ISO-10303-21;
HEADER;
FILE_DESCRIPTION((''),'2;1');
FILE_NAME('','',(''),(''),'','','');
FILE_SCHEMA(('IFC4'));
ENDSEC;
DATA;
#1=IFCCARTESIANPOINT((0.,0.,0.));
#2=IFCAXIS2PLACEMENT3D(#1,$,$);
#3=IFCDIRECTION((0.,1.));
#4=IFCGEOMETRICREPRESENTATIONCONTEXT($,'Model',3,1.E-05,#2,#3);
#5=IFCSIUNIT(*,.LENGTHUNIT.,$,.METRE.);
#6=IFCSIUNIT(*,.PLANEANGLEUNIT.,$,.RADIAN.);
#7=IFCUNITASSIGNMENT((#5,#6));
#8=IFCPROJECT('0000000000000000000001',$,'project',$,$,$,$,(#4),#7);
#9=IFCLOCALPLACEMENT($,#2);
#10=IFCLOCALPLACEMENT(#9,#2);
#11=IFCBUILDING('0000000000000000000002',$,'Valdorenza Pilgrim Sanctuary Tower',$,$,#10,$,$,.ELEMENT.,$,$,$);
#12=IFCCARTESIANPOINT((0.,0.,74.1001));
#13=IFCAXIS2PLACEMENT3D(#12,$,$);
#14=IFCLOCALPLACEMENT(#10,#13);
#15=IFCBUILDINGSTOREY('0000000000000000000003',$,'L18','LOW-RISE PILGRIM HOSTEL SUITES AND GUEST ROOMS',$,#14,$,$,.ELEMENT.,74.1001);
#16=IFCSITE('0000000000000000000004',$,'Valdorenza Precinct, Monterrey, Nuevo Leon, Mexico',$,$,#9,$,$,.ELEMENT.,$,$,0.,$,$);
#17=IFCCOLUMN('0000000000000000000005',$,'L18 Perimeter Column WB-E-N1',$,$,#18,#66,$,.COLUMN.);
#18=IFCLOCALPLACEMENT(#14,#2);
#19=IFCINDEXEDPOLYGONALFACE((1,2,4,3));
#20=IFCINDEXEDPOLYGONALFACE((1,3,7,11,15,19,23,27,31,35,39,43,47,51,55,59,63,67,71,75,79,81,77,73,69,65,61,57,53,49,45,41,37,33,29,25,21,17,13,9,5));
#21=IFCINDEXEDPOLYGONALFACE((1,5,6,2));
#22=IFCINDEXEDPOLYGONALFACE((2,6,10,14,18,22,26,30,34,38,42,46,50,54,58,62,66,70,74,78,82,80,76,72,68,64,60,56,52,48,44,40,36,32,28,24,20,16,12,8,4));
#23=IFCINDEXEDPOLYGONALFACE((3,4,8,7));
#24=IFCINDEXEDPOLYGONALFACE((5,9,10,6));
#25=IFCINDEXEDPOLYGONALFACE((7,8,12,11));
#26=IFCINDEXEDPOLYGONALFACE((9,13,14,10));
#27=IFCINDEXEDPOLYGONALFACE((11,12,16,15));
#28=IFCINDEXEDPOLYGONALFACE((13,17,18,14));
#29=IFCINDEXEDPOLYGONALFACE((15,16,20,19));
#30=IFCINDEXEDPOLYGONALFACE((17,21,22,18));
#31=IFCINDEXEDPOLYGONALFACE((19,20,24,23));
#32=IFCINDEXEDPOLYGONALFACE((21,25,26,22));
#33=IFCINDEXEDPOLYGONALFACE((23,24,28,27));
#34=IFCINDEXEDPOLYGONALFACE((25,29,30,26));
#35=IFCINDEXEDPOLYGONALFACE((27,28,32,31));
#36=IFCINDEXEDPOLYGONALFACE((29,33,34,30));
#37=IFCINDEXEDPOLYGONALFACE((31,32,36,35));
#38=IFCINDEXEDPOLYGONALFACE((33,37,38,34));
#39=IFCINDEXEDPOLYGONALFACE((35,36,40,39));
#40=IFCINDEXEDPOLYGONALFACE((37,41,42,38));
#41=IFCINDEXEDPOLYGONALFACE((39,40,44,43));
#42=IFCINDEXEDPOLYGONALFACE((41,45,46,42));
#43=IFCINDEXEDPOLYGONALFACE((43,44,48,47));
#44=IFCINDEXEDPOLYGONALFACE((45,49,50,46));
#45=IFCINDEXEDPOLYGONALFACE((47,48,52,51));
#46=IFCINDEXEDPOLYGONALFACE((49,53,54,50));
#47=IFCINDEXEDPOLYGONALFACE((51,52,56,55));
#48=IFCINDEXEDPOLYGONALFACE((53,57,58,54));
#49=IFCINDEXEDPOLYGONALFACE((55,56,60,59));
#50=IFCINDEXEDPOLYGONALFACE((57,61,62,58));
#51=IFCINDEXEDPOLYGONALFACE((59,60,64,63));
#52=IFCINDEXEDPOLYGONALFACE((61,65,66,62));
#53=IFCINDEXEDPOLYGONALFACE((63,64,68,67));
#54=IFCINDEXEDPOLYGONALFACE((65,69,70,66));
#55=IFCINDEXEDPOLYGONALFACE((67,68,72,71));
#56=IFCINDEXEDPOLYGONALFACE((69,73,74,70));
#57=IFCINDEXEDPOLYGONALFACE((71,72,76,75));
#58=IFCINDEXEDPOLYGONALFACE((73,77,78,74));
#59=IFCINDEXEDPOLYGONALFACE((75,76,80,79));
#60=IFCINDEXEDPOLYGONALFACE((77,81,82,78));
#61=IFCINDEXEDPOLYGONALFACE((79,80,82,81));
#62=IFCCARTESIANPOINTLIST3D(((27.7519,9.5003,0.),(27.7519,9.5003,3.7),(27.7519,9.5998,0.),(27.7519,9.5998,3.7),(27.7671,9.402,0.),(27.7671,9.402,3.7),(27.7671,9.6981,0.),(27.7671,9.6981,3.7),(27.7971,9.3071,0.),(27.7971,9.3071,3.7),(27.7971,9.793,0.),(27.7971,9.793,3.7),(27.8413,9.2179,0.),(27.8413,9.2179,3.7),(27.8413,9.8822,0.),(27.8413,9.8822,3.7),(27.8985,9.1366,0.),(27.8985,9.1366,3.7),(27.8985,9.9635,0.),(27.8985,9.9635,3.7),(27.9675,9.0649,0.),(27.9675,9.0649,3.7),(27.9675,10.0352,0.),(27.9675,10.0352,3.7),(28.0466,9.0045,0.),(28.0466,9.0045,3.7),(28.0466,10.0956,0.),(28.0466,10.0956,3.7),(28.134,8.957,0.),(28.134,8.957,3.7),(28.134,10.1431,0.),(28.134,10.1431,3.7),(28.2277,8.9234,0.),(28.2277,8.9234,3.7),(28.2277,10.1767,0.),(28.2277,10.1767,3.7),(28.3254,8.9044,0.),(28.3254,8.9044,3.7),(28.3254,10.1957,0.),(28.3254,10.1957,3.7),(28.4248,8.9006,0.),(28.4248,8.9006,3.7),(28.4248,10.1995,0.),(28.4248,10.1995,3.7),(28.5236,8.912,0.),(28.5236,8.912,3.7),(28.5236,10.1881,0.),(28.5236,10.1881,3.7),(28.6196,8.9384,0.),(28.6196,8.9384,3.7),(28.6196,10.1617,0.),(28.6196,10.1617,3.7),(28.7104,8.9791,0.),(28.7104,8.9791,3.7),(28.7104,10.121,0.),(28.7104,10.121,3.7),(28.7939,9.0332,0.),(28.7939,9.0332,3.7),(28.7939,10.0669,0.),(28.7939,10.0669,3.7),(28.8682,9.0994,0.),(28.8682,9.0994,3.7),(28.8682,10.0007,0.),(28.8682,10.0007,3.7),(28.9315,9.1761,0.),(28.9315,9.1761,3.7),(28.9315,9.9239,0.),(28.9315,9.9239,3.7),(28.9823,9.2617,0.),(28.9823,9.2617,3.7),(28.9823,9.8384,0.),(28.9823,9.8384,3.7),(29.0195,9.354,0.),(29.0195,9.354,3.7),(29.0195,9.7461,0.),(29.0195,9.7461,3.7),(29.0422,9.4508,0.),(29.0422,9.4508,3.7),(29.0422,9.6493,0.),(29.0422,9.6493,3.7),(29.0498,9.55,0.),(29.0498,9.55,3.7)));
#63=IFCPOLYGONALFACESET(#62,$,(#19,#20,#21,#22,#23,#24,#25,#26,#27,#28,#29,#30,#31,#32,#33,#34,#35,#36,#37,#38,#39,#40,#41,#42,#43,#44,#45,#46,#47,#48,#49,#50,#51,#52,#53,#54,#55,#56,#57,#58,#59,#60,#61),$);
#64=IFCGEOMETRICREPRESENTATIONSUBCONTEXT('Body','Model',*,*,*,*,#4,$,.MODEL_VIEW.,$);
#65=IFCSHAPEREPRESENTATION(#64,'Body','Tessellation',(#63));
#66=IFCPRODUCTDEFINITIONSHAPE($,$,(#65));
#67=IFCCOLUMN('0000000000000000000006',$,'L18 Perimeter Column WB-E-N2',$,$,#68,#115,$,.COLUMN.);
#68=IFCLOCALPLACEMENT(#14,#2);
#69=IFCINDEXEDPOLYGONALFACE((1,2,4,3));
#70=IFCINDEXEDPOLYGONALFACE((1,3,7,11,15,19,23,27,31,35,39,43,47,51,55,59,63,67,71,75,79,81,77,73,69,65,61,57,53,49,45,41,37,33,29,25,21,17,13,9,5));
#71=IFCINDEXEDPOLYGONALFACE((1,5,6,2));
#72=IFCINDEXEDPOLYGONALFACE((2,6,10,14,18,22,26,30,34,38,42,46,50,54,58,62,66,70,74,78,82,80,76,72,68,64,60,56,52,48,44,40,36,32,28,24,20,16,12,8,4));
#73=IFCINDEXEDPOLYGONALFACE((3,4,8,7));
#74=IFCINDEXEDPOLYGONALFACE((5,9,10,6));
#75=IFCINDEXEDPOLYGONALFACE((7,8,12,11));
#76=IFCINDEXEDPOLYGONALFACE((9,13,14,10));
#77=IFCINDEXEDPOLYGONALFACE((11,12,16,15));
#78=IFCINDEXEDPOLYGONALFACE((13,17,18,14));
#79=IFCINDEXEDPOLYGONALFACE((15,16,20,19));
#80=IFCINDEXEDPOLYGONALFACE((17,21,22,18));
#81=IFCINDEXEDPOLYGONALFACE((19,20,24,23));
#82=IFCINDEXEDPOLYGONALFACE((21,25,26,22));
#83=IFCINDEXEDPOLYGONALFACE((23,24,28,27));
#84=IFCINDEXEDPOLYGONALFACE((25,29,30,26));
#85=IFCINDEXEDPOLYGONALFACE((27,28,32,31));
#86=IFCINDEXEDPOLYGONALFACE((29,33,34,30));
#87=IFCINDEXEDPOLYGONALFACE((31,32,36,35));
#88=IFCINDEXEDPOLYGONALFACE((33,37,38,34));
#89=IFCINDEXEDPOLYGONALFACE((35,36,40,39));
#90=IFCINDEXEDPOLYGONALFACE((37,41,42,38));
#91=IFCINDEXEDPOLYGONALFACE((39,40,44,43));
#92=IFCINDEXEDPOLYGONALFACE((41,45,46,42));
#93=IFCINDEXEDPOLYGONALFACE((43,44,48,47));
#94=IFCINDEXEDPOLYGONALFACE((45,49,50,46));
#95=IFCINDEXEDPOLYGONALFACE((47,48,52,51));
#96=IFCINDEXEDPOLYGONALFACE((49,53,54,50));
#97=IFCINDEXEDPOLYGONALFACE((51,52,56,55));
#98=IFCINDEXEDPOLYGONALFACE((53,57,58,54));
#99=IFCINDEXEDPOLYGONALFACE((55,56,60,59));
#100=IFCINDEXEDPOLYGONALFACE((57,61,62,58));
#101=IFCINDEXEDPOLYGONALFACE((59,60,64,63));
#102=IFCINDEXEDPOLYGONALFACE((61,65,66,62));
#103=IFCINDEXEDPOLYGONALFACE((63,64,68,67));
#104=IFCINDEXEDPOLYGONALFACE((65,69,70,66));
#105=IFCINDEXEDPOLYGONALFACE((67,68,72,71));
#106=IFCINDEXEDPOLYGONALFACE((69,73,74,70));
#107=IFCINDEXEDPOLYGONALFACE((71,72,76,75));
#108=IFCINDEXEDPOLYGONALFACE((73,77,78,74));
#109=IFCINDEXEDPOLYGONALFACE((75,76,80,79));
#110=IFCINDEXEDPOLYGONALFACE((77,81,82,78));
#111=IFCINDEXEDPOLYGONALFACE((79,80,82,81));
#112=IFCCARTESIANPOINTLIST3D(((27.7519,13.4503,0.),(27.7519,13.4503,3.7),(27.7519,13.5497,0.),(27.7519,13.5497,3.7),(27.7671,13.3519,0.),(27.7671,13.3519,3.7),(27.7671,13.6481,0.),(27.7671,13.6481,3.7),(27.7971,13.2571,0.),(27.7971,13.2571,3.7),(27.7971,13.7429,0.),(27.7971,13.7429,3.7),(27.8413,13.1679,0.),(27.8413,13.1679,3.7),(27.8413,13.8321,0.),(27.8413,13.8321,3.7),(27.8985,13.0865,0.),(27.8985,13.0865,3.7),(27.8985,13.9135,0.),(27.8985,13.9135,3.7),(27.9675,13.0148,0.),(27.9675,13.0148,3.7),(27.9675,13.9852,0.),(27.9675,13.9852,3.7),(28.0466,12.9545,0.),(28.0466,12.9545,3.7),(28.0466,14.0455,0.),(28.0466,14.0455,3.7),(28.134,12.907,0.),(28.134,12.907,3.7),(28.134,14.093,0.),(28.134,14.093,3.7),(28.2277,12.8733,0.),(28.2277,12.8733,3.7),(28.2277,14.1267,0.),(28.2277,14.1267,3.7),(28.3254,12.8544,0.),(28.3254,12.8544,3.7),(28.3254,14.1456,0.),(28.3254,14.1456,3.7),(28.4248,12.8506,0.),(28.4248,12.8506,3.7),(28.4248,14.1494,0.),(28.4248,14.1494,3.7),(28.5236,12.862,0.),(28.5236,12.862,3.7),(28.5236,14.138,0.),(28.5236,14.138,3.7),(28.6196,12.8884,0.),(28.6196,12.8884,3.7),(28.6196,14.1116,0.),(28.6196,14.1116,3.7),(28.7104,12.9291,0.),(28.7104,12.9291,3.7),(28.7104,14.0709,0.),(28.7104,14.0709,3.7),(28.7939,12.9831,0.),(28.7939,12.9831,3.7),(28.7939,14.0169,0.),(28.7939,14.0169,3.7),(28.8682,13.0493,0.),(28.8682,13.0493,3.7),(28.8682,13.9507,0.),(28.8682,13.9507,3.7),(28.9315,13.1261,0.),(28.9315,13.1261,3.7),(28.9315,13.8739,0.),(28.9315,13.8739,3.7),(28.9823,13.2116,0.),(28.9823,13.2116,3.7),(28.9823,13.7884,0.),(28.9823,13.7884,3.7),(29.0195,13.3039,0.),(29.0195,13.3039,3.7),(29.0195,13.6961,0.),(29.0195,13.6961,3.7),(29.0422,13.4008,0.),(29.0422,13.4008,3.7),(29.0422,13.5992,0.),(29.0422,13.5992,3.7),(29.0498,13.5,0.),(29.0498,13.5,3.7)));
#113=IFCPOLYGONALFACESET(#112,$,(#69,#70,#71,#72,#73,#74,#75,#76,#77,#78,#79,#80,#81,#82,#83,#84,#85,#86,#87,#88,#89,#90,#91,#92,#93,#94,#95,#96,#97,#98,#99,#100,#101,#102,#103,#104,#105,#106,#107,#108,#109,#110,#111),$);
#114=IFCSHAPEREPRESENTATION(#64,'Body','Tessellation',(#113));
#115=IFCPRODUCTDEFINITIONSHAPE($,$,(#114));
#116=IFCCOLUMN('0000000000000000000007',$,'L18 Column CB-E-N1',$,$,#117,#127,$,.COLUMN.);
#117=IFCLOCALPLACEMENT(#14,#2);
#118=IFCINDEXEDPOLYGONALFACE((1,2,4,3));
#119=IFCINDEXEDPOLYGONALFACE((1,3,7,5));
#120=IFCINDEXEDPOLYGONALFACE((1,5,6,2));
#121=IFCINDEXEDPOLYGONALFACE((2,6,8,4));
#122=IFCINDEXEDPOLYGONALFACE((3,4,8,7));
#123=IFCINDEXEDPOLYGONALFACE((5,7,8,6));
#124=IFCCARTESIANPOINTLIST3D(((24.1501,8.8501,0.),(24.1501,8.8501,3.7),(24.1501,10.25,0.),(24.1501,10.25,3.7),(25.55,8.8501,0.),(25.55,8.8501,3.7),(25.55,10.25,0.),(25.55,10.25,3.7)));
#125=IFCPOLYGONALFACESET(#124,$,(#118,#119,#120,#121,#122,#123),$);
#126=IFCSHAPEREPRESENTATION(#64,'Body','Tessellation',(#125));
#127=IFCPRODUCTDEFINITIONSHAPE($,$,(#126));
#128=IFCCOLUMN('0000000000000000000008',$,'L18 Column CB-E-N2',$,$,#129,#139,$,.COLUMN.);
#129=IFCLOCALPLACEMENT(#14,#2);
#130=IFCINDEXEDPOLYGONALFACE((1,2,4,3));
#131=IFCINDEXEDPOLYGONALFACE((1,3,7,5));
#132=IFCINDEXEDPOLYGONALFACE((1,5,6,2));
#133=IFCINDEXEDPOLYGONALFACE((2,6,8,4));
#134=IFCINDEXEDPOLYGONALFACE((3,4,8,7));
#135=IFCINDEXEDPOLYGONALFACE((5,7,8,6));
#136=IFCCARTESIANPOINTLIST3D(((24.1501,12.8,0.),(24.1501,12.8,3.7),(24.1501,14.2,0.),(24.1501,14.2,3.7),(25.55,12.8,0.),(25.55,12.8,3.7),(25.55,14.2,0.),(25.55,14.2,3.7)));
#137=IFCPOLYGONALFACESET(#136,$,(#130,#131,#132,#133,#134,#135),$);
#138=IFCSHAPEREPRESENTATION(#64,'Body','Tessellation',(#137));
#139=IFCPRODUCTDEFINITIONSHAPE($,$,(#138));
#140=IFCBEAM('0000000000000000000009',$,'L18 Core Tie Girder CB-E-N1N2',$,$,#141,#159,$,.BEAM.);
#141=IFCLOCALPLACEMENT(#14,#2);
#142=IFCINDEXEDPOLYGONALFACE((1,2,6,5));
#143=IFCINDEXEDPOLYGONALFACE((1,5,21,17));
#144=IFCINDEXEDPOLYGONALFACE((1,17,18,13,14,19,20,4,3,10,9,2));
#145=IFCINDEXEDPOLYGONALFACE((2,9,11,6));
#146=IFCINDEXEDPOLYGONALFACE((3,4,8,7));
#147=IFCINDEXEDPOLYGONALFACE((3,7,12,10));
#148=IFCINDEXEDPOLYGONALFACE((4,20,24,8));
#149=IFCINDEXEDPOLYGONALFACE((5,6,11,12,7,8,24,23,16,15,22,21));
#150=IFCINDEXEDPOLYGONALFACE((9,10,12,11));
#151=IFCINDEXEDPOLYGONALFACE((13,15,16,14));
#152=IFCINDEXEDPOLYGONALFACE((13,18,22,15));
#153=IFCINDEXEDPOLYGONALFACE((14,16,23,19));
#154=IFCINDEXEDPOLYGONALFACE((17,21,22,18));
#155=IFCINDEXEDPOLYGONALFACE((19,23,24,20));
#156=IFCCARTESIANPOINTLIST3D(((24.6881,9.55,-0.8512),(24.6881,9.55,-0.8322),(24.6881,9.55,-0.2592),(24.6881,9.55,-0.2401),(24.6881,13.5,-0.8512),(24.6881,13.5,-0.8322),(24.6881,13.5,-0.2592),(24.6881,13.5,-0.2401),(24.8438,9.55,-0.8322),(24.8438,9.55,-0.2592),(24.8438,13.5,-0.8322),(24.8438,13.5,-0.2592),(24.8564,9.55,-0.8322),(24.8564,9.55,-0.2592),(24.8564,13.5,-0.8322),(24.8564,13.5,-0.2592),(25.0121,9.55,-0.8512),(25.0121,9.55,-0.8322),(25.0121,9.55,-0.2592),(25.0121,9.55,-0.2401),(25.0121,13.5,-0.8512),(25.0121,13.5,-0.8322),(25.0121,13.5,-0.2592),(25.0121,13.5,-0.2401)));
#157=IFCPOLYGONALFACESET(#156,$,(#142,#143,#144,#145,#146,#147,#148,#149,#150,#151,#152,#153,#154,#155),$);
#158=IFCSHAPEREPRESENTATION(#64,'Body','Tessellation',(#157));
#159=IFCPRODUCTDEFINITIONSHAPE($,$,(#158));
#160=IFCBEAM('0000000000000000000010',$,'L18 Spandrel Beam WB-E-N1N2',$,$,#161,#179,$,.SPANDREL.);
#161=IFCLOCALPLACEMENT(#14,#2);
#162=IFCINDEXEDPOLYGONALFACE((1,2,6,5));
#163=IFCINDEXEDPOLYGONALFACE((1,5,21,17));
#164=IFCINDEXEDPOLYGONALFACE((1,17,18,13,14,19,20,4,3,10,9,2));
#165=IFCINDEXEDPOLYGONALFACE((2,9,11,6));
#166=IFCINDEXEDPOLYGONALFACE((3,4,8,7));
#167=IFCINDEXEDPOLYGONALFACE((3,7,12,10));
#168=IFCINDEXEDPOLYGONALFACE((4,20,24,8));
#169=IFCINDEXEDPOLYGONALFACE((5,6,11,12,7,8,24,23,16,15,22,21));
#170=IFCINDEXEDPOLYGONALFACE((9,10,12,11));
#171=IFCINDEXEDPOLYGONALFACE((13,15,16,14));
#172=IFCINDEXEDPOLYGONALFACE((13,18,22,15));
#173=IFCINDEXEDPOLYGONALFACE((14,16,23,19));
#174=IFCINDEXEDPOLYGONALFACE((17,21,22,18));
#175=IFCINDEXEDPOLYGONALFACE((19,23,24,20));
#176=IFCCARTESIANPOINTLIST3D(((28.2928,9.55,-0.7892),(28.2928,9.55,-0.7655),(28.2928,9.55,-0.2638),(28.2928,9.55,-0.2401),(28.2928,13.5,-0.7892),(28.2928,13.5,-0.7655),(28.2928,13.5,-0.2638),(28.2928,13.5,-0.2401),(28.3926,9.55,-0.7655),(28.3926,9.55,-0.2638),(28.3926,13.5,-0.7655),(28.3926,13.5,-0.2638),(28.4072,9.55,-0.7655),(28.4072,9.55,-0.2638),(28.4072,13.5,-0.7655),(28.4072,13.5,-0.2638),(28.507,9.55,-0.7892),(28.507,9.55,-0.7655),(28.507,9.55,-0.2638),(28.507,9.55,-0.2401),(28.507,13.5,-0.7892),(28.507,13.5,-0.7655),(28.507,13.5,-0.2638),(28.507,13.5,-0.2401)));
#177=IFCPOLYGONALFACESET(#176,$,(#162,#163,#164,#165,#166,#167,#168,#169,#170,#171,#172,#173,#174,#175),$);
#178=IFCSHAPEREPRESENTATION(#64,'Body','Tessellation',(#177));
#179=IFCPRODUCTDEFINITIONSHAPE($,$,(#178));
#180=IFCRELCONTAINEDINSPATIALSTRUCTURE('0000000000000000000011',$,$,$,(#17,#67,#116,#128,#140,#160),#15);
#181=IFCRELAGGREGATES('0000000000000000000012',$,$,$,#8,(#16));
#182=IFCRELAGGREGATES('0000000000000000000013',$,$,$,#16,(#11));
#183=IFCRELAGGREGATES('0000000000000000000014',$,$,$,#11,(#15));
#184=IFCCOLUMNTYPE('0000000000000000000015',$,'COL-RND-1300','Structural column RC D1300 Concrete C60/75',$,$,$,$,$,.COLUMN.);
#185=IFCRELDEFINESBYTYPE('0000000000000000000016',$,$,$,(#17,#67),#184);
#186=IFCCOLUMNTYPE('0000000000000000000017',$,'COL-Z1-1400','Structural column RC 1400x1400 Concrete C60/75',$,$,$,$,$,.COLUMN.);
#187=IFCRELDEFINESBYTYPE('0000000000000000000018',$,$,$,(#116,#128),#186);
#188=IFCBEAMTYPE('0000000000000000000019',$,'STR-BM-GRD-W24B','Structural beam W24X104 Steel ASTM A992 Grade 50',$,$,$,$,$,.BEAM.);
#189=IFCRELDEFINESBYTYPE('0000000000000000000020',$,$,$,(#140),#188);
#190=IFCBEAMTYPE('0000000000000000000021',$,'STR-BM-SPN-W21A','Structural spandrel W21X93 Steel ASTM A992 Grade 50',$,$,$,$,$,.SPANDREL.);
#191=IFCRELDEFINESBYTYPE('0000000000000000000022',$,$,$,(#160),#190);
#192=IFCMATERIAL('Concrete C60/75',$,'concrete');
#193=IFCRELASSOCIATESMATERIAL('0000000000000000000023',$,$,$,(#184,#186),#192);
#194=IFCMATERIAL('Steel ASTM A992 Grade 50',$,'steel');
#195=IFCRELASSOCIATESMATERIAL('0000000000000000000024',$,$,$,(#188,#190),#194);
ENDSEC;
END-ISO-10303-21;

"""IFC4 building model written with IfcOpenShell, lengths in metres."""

from ifc_helpers import new_model, si_unit, direction, frame, origin, origin_2d, place, context, subcontext, project, spatial, rectangle, circle, i_section, extrude, source, transform, mapped, material, material_profile, profile_set, type_object, element, save


model = new_model("IFC4")

# Units and contexts
model_context = context("Model", 3, precision=1e-05, world=origin(), true_north=direction((0.0, 1.0)))
body_context = subcontext(model_context, "Body", "Model", "MODEL_VIEW")
ifc_project = project(units=[si_unit("LENGTHUNIT", "METRE"), si_unit("PLANEANGLEUNIT", "RADIAN")], contexts=[model_context])

# Site, building, storey
site_placement = place(None, origin())
site = spatial("IfcSite", under=ifc_project, at=site_placement, Name="Valdorenza Precinct, Monterrey, Nuevo Leon, Mexico", CompositionType="ELEMENT", RefElevation=0.0)
building_placement = place(site_placement, origin())
building = spatial("IfcBuilding", under=site, at=building_placement, Name="Valdorenza Pilgrim Sanctuary Tower", CompositionType="ELEMENT")
storey_placement = place(building_placement, frame((0.0, 0.0, 74.1001)))
storey = spatial("IfcBuildingStorey", under=building, at=storey_placement, Name="L18", Description="LOW-RISE PILGRIM HOSTEL SUITES AND GUEST ROOMS", CompositionType="ELEMENT", Elevation=74.1001)

# Columns
ifc_material_1 = material(Name="Concrete C60/75", Category="concrete")
ifc_material_profile_1 = material_profile(ifc_material_1, circle(Radius=0.6499, at=origin_2d()), Name="RC D1300")
ifc_profile_set_1 = profile_set([ifc_material_profile_1], Name="Concrete C60/75")
column_type_1 = type_object("IfcColumnType", Name="COL-RND-1300", Description="Structural column RC D1300 Concrete C60/75", PredefinedType="COLUMN", material=ifc_profile_set_1)
shared_shape_1 = source(origin(), body_context, "Body", "SweptSolid", [
    extrude(circle(Radius=0.6499, at=origin_2d()), origin(), (0.0, 0.0, 1.0), 3.7),
])
for number, where, z_axis, x_axis, name in (
    (1, (28.3999, 9.55, 0.0), (0.0, 0.0, 1.0), (1.0, 0.0, 0.0), "L18 Perimeter Column WB-E-N1"),
    (2, (28.3999, 13.5, 0.0), (0.0, 0.0, 1.0), (1.0, 0.0, 0.0), "L18 Perimeter Column WB-E-N2"),
):
    element("IfcColumn", number, at=place(storey_placement, frame(where, z_axis=z_axis, x_axis=x_axis)), inside=storey, type_object=column_type_1, Name=name, PredefinedType="COLUMN", context=body_context, shape_type="MappedRepresentation", body=[
        mapped(shared_shape_1, transform((0.0, 0.0, 0.0), x_axis=(1.0, 0.0, 0.0), y_axis=(0.0, 1.0, 0.0), z_axis=(0.0, 0.0, 1.0), scale=1.0)),
    ])
ifc_material_profile_2 = material_profile(ifc_material_1, rectangle(XDim=1.3999, YDim=1.3999, at=origin_2d()), Name="RC 1400x1400")
ifc_profile_set_2 = profile_set([ifc_material_profile_2], Name="Concrete C60/75")
column_type_2 = type_object("IfcColumnType", Name="COL-Z1-1400", Description="Structural column RC 1400x1400 Concrete C60/75", PredefinedType="COLUMN", material=ifc_profile_set_2)
shared_shape_2 = source(origin(), body_context, "Body", "SweptSolid", [
    extrude(rectangle(XDim=1.3999, YDim=1.3999, at=origin_2d()), origin(), (0.0, 0.0, 1.0), 3.7),
])
for number, where, z_axis, x_axis, name in (
    (3, (24.8501, 9.55, 0.0), (0.0, 0.0, 1.0), (1.0, 0.0, 0.0), "L18 Column CB-E-N1"),
    (4, (24.8501, 13.5, 0.0), (0.0, 0.0, 1.0), (1.0, 0.0, 0.0), "L18 Column CB-E-N2"),
):
    element("IfcColumn", number, at=place(storey_placement, frame(where, z_axis=z_axis, x_axis=x_axis)), inside=storey, type_object=column_type_2, Name=name, PredefinedType="COLUMN", context=body_context, shape_type="MappedRepresentation", body=[
        mapped(shared_shape_2, transform((0.0, 0.0, 0.0), x_axis=(1.0, 0.0, 0.0), y_axis=(0.0, 1.0, 0.0), z_axis=(0.0, 0.0, 1.0), scale=1.0)),
    ])

# Beams
ifc_material_2 = material(Name="Steel ASTM A992 Grade 50", Category="steel")
ifc_material_profile_3 = material_profile(ifc_material_2, i_section(OverallWidth=0.324, OverallDepth=0.6111, WebThickness=0.0127, FlangeThickness=0.019, at=origin_2d()), Name="W24X104")
ifc_profile_set_3 = profile_set([ifc_material_profile_3], Name="Steel ASTM A992 Grade 50")
beam_type_1 = type_object("IfcBeamType", Name="STR-BM-GRD-W24B", Description="Structural beam W24X104 Steel ASTM A992 Grade 50", PredefinedType="BEAM", material=ifc_profile_set_3)
shared_shape_3 = source(origin(), body_context, "Body", "SweptSolid", [
    extrude(i_section(OverallWidth=0.324, OverallDepth=0.6111, WebThickness=0.0127, FlangeThickness=0.019, at=origin_2d()), origin(), (0.0, 0.0, 1.0), 3.95),
])
beam_1_placement = place(storey_placement, frame((24.8501, 9.55, -0.5457), z_axis=(0.0, 1.0, 0.0), x_axis=(-1.0, 0.0, 0.0)))
element("IfcBeam", 5, at=beam_1_placement, inside=storey, type_object=beam_type_1, Name="L18 Core Tie Girder CB-E-N1N2", PredefinedType="BEAM", context=body_context, shape_type="MappedRepresentation", body=[
    mapped(shared_shape_3, transform((0.0, 0.0, 0.0), x_axis=(1.0, 0.0, 0.0), y_axis=(0.0, 1.0, 0.0), z_axis=(0.0, 0.0, 1.0), scale=1.0)),
])
ifc_material_profile_4 = material_profile(ifc_material_2, i_section(OverallWidth=0.2141, OverallDepth=0.5491, WebThickness=0.0146, FlangeThickness=0.0237, at=origin_2d()), Name="W21X93")
ifc_profile_set_4 = profile_set([ifc_material_profile_4], Name="Steel ASTM A992 Grade 50")
beam_type_2 = type_object("IfcBeamType", Name="STR-BM-SPN-W21A", Description="Structural spandrel W21X93 Steel ASTM A992 Grade 50", PredefinedType="SPANDREL", material=ifc_profile_set_4)
shared_shape_4 = source(origin(), body_context, "Body", "SweptSolid", [
    extrude(i_section(OverallWidth=0.2141, OverallDepth=0.5491, WebThickness=0.0146, FlangeThickness=0.0237, at=origin_2d()), origin(), (0.0, 0.0, 1.0), 3.95),
])
beam_2_placement = place(storey_placement, frame((28.3999, 9.55, -0.5146), z_axis=(0.0, 1.0, 0.0), x_axis=(-1.0, 0.0, 0.0)))
element("IfcBeam", 6, at=beam_2_placement, inside=storey, type_object=beam_type_2, Name="L18 Spandrel Beam WB-E-N1N2", PredefinedType="SPANDREL", context=body_context, shape_type="MappedRepresentation", body=[
    mapped(shared_shape_4, transform((0.0, 0.0, 0.0), x_axis=(1.0, 0.0, 0.0), y_axis=(0.0, 1.0, 0.0), z_axis=(0.0, 0.0, 1.0), scale=1.0)),
])

save(model, "model.ifc")
